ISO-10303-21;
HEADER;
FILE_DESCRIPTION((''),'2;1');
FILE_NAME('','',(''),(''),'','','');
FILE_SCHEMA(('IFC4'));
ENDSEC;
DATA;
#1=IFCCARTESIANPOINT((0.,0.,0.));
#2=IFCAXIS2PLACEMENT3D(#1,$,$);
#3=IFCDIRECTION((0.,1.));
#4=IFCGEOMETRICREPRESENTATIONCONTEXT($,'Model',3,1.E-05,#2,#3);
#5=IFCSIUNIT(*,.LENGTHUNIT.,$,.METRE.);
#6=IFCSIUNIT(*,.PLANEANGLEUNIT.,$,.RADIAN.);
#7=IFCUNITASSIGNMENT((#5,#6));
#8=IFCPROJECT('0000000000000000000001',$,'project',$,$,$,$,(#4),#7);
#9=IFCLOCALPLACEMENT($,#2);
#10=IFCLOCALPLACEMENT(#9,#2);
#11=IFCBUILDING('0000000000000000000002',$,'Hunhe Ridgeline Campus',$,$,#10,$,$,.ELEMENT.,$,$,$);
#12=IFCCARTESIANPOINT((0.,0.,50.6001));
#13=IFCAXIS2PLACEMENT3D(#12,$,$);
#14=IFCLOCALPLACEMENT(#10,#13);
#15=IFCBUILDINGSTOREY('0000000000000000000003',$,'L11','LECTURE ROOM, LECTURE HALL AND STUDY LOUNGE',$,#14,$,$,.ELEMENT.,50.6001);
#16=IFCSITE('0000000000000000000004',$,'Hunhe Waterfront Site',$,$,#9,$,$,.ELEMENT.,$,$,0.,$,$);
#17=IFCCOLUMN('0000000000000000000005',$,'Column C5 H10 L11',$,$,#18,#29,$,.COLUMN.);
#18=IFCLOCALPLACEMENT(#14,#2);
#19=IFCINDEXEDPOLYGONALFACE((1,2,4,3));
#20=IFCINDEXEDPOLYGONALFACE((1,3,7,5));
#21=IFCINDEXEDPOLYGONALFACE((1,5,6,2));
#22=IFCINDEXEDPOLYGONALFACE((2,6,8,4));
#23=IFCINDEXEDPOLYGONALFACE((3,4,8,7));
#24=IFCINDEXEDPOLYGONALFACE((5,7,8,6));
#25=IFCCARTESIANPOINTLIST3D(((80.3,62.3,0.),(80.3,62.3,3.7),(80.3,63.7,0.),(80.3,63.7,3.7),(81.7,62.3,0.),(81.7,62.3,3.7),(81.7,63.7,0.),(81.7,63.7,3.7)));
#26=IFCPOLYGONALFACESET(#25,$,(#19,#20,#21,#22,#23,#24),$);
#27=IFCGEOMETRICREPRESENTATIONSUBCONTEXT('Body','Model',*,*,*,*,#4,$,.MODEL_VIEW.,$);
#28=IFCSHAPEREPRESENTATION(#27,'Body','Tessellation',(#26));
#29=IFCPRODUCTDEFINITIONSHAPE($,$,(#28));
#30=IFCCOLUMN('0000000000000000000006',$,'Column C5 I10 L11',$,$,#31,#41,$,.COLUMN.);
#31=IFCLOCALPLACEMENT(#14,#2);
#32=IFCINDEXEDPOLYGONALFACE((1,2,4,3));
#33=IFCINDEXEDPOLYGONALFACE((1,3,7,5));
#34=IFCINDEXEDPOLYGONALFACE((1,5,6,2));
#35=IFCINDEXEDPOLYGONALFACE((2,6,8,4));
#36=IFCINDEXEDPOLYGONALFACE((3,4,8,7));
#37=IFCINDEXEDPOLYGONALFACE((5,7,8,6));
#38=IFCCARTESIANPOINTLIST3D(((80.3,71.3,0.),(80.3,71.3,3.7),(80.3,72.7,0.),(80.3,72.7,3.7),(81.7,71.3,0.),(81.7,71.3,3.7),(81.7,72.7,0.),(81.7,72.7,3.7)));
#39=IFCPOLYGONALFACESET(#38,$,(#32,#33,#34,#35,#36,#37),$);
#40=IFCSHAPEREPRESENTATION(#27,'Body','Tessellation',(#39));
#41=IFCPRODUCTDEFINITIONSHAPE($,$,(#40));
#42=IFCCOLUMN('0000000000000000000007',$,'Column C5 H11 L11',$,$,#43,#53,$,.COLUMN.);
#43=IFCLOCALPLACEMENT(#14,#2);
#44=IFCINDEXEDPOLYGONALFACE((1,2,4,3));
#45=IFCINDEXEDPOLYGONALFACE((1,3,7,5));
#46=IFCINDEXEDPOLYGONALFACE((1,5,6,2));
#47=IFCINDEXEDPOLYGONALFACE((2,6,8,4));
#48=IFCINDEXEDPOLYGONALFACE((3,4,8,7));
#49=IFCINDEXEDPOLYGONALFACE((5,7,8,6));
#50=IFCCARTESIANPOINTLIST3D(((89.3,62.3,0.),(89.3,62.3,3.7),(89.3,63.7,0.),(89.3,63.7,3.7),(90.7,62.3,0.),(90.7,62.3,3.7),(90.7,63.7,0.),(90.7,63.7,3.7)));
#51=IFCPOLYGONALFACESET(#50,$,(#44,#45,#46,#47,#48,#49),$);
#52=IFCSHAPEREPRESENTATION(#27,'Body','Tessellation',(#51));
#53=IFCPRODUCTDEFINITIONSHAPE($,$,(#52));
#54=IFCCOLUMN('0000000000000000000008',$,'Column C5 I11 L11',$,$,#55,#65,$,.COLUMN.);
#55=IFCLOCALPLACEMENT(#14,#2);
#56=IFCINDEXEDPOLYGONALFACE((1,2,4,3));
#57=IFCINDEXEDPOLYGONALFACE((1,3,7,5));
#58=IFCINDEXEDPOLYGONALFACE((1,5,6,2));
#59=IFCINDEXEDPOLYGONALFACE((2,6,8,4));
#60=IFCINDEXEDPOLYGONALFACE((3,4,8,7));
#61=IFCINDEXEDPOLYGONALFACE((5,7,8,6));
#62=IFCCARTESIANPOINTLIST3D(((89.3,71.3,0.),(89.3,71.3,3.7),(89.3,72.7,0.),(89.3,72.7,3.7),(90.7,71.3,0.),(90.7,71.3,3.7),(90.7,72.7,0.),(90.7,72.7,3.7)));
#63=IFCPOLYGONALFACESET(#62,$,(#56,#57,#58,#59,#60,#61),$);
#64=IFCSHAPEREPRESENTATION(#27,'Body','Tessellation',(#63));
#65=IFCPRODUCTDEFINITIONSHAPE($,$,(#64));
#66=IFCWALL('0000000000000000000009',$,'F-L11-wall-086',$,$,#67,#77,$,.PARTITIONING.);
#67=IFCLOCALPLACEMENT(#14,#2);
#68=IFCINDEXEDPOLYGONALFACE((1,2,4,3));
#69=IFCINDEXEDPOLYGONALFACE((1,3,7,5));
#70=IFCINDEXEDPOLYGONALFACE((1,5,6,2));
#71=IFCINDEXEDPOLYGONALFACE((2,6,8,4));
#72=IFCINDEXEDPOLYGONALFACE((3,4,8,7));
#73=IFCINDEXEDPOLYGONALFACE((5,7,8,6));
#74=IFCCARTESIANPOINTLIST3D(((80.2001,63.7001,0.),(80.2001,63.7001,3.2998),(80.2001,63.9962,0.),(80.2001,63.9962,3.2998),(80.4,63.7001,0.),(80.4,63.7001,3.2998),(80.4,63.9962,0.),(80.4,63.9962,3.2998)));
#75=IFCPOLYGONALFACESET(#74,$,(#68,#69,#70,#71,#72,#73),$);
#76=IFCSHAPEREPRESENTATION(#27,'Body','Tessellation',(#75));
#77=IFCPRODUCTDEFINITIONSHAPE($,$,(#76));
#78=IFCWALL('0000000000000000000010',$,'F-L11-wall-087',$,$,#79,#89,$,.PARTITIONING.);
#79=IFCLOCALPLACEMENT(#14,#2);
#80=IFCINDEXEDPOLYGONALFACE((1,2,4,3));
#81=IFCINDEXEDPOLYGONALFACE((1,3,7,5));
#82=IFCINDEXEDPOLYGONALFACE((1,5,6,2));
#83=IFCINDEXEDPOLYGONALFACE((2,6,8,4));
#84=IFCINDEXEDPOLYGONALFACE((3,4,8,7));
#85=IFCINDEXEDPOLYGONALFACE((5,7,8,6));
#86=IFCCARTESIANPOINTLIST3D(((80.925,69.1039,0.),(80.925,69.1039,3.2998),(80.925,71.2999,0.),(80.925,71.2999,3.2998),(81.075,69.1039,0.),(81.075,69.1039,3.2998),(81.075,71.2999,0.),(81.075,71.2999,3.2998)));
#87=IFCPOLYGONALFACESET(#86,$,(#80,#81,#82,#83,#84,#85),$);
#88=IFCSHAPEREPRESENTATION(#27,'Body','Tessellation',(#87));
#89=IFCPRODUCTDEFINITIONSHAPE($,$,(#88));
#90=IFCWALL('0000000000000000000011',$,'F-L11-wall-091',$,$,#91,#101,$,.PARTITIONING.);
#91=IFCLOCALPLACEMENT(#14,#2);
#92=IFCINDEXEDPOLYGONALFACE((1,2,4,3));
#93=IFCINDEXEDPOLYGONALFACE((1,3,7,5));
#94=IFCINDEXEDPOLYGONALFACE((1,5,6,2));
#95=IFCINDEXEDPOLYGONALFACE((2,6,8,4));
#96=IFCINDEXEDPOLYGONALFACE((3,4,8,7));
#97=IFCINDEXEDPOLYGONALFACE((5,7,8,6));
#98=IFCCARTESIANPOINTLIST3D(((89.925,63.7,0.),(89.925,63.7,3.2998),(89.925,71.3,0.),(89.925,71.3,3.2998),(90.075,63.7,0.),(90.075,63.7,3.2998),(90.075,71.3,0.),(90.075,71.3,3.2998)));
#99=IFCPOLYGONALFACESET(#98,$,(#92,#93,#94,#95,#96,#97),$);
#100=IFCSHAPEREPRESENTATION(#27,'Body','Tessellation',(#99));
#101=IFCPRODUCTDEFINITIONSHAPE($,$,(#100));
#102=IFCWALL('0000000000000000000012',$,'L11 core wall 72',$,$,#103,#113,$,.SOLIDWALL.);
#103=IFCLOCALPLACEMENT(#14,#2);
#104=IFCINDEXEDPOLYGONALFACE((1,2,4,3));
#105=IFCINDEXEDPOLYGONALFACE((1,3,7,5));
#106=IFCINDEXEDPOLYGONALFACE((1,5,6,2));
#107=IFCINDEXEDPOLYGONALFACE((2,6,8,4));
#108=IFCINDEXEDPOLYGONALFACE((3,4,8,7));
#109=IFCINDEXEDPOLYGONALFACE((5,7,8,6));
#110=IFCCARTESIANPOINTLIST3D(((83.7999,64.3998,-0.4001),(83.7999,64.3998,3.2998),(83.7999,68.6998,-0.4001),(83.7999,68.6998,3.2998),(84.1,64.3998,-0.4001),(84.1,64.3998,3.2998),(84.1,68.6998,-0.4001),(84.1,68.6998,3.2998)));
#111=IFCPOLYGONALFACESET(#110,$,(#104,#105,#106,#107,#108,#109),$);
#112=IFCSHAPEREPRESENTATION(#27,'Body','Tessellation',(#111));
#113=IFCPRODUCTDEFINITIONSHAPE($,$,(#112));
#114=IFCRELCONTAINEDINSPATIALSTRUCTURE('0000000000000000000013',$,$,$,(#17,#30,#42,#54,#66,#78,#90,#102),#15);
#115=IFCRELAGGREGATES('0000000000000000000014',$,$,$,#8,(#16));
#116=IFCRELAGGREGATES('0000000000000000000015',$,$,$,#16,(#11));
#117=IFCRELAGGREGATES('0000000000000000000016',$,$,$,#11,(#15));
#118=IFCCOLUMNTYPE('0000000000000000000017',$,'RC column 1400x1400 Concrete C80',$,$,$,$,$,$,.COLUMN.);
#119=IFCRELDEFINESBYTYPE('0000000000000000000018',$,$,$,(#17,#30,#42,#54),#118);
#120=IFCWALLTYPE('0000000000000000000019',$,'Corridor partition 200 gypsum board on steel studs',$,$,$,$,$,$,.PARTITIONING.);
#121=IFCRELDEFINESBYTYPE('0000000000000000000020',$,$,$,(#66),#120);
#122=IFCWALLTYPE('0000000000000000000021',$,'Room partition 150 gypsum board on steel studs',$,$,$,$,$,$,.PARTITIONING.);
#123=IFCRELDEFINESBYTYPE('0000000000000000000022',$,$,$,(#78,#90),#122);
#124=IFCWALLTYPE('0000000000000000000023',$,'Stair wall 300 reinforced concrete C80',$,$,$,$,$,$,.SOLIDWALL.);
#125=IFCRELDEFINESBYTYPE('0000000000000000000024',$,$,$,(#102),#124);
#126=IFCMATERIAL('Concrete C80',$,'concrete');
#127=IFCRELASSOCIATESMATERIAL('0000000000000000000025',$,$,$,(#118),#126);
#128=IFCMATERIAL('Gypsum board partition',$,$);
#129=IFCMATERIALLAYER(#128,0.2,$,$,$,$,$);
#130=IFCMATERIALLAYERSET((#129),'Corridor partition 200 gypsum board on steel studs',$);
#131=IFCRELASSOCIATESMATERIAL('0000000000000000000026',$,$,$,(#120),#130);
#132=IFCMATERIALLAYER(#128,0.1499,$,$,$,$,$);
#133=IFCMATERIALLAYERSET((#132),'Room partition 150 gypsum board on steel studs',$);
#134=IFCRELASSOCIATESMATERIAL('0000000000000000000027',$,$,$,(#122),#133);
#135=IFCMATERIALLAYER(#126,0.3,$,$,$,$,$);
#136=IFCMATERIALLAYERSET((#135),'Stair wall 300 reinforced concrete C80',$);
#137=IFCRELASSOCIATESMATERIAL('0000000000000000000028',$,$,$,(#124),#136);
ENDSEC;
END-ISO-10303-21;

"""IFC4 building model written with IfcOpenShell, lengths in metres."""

from ifc_helpers import new_model, si_unit, direction, frame, frame_2d, origin, origin_2d, place, context, subcontext, project, spatial, rectangle, extrude, material, layer, layer_set, material_profile, profile_set, type_object, element, save


model = new_model("IFC4")

# Units and contexts
model_context = context("Model", 3, precision=1e-05, world=origin(), true_north=direction((0.0, 1.0)))
body_context = subcontext(model_context, "Body", "Model", "MODEL_VIEW")
ifc_project = project(units=[si_unit("LENGTHUNIT", "METRE"), si_unit("PLANEANGLEUNIT", "RADIAN")], contexts=[model_context])

# Site, building, storey
site_placement = place(None, origin())
site = spatial("IfcSite", under=ifc_project, at=site_placement, Name="Hunhe Waterfront Site", CompositionType="ELEMENT", RefElevation=0.0)
building_placement = place(site_placement, origin())
building = spatial("IfcBuilding", under=site, at=building_placement, Name="Hunhe Ridgeline Campus", CompositionType="ELEMENT")
storey_placement = place(building_placement, frame((0.0, 0.0, 50.6001)))
storey = spatial("IfcBuildingStorey", under=building, at=storey_placement, Name="L11", Description="LECTURE ROOM, LECTURE HALL AND STUDY LOUNGE", CompositionType="ELEMENT", Elevation=50.6001)

# Columns
ifc_material_1 = material(Name="Concrete C80", Category="concrete")
ifc_material_profile = material_profile(ifc_material_1, rectangle(XDim=1.3999, YDim=1.3999, at=origin_2d()))
ifc_profile_set = profile_set([ifc_material_profile], Name="Concrete C80")
column_type = type_object("IfcColumnType", Name="RC column 1400x1400 Concrete C80", PredefinedType="COLUMN", material=ifc_profile_set)
for number, where, z_axis, x_axis, name in (
    (1, (81.0, 63.0, 0.0), (0.0, 0.0, 1.0), (1.0, 0.0, 0.0), "Column C5 H10 L11"),
    (2, (81.0, 72.0, 0.0), (0.0, 0.0, 1.0), (1.0, 0.0, 0.0), "Column C5 I10 L11"),
    (3, (90.0, 63.0, 0.0), (0.0, 0.0, 1.0), (1.0, 0.0, 0.0), "Column C5 H11 L11"),
    (4, (90.0, 72.0, 0.0), (0.0, 0.0, 1.0), (1.0, 0.0, 0.0), "Column C5 I11 L11"),
):
    element("IfcColumn", number, at=place(storey_placement, frame(where, z_axis=z_axis, x_axis=x_axis)), inside=storey, type_object=column_type, Name=name, PredefinedType="COLUMN", context=body_context, shape_type="SweptSolid", body=[
        extrude(rectangle(XDim=1.3999, YDim=1.3999, at=origin_2d()), origin(), (0.0, 0.0, 1.0), 3.7),
    ])

# Shared definitions
ifc_material_2 = material(Name="Gypsum board partition")
ifc_layer_1 = layer(ifc_material_2, 0.2)
ifc_layer_set_1 = layer_set([ifc_layer_1], Name="Corridor partition 200 gypsum board on steel studs")
wall_type_1 = type_object("IfcWallType", Name="Corridor partition 200 gypsum board on steel studs", PredefinedType="PARTITIONING", material=ifc_layer_set_1)

# Walls
wall_1_placement = place(storey_placement, frame((80.3, 63.9961, 0.0), z_axis=(0.0, 0.0, 1.0), x_axis=(0.0, -1.0, 0.0)))
element("IfcWall", 5, at=wall_1_placement, inside=storey, type_object=wall_type_1, Name="F-L11-wall-086", PredefinedType="PARTITIONING", context=body_context, shape_type="SweptSolid", body=[
    extrude(rectangle(XDim=0.2961, YDim=0.2, at=frame_2d((0.1479, 0.0))), origin(), (0.0, 0.0, 1.0), 3.2998),
])
ifc_layer_2 = layer(ifc_material_2, 0.1499)
ifc_layer_set_2 = layer_set([ifc_layer_2], Name="Room partition 150 gypsum board on steel studs")
wall_type_2 = type_object("IfcWallType", Name="Room partition 150 gypsum board on steel studs", PredefinedType="PARTITIONING", material=ifc_layer_set_2)
wall_2_placement = place(storey_placement, frame((81.0, 71.3, 0.0), z_axis=(0.0, 0.0, 1.0), x_axis=(0.0, -1.0, 0.0)))
element("IfcWall", 6, at=wall_2_placement, inside=storey, type_object=wall_type_2, Name="F-L11-wall-087", PredefinedType="PARTITIONING", context=body_context, shape_type="SweptSolid", body=[
    extrude(rectangle(XDim=2.196, YDim=0.1499, at=frame_2d((1.0981, 0.0))), origin(), (0.0, 0.0, 1.0), 3.2998),
])
wall_3_placement = place(storey_placement, frame((90.0, 71.3, 0.0), z_axis=(0.0, 0.0, 1.0), x_axis=(0.0, -1.0, 0.0)))
element("IfcWall", 7, at=wall_3_placement, inside=storey, type_object=wall_type_2, Name="F-L11-wall-091", PredefinedType="PARTITIONING", context=body_context, shape_type="SweptSolid", body=[
    extrude(rectangle(XDim=7.6001, YDim=0.1499, at=frame_2d((3.8, 0.0))), origin(), (0.0, 0.0, 1.0), 3.2998),
])

# Shared definitions
ifc_layer_3 = layer(ifc_material_1, 0.3)
ifc_layer_set_3 = layer_set([ifc_layer_3], Name="Stair wall 300 reinforced concrete C80")
wall_type_3 = type_object("IfcWallType", Name="Stair wall 300 reinforced concrete C80", PredefinedType="SOLIDWALL", material=ifc_layer_set_3)

# Wall
wall_4_placement = place(storey_placement, frame((83.95, 64.3999, -0.4001), z_axis=(0.0, 0.0, 1.0), x_axis=(0.0, 1.0, 0.0)))
element("IfcWall", 8, at=wall_4_placement, inside=storey, type_object=wall_type_3, Name="L11 core wall 72", PredefinedType="SOLIDWALL", context=body_context, shape_type="SweptSolid", body=[
    extrude(rectangle(XDim=4.3, YDim=0.3, at=frame_2d((2.1499, 0.0))), origin(), (0.0, 0.0, 1.0), 3.7),
])

save(model, "model.ifc")
